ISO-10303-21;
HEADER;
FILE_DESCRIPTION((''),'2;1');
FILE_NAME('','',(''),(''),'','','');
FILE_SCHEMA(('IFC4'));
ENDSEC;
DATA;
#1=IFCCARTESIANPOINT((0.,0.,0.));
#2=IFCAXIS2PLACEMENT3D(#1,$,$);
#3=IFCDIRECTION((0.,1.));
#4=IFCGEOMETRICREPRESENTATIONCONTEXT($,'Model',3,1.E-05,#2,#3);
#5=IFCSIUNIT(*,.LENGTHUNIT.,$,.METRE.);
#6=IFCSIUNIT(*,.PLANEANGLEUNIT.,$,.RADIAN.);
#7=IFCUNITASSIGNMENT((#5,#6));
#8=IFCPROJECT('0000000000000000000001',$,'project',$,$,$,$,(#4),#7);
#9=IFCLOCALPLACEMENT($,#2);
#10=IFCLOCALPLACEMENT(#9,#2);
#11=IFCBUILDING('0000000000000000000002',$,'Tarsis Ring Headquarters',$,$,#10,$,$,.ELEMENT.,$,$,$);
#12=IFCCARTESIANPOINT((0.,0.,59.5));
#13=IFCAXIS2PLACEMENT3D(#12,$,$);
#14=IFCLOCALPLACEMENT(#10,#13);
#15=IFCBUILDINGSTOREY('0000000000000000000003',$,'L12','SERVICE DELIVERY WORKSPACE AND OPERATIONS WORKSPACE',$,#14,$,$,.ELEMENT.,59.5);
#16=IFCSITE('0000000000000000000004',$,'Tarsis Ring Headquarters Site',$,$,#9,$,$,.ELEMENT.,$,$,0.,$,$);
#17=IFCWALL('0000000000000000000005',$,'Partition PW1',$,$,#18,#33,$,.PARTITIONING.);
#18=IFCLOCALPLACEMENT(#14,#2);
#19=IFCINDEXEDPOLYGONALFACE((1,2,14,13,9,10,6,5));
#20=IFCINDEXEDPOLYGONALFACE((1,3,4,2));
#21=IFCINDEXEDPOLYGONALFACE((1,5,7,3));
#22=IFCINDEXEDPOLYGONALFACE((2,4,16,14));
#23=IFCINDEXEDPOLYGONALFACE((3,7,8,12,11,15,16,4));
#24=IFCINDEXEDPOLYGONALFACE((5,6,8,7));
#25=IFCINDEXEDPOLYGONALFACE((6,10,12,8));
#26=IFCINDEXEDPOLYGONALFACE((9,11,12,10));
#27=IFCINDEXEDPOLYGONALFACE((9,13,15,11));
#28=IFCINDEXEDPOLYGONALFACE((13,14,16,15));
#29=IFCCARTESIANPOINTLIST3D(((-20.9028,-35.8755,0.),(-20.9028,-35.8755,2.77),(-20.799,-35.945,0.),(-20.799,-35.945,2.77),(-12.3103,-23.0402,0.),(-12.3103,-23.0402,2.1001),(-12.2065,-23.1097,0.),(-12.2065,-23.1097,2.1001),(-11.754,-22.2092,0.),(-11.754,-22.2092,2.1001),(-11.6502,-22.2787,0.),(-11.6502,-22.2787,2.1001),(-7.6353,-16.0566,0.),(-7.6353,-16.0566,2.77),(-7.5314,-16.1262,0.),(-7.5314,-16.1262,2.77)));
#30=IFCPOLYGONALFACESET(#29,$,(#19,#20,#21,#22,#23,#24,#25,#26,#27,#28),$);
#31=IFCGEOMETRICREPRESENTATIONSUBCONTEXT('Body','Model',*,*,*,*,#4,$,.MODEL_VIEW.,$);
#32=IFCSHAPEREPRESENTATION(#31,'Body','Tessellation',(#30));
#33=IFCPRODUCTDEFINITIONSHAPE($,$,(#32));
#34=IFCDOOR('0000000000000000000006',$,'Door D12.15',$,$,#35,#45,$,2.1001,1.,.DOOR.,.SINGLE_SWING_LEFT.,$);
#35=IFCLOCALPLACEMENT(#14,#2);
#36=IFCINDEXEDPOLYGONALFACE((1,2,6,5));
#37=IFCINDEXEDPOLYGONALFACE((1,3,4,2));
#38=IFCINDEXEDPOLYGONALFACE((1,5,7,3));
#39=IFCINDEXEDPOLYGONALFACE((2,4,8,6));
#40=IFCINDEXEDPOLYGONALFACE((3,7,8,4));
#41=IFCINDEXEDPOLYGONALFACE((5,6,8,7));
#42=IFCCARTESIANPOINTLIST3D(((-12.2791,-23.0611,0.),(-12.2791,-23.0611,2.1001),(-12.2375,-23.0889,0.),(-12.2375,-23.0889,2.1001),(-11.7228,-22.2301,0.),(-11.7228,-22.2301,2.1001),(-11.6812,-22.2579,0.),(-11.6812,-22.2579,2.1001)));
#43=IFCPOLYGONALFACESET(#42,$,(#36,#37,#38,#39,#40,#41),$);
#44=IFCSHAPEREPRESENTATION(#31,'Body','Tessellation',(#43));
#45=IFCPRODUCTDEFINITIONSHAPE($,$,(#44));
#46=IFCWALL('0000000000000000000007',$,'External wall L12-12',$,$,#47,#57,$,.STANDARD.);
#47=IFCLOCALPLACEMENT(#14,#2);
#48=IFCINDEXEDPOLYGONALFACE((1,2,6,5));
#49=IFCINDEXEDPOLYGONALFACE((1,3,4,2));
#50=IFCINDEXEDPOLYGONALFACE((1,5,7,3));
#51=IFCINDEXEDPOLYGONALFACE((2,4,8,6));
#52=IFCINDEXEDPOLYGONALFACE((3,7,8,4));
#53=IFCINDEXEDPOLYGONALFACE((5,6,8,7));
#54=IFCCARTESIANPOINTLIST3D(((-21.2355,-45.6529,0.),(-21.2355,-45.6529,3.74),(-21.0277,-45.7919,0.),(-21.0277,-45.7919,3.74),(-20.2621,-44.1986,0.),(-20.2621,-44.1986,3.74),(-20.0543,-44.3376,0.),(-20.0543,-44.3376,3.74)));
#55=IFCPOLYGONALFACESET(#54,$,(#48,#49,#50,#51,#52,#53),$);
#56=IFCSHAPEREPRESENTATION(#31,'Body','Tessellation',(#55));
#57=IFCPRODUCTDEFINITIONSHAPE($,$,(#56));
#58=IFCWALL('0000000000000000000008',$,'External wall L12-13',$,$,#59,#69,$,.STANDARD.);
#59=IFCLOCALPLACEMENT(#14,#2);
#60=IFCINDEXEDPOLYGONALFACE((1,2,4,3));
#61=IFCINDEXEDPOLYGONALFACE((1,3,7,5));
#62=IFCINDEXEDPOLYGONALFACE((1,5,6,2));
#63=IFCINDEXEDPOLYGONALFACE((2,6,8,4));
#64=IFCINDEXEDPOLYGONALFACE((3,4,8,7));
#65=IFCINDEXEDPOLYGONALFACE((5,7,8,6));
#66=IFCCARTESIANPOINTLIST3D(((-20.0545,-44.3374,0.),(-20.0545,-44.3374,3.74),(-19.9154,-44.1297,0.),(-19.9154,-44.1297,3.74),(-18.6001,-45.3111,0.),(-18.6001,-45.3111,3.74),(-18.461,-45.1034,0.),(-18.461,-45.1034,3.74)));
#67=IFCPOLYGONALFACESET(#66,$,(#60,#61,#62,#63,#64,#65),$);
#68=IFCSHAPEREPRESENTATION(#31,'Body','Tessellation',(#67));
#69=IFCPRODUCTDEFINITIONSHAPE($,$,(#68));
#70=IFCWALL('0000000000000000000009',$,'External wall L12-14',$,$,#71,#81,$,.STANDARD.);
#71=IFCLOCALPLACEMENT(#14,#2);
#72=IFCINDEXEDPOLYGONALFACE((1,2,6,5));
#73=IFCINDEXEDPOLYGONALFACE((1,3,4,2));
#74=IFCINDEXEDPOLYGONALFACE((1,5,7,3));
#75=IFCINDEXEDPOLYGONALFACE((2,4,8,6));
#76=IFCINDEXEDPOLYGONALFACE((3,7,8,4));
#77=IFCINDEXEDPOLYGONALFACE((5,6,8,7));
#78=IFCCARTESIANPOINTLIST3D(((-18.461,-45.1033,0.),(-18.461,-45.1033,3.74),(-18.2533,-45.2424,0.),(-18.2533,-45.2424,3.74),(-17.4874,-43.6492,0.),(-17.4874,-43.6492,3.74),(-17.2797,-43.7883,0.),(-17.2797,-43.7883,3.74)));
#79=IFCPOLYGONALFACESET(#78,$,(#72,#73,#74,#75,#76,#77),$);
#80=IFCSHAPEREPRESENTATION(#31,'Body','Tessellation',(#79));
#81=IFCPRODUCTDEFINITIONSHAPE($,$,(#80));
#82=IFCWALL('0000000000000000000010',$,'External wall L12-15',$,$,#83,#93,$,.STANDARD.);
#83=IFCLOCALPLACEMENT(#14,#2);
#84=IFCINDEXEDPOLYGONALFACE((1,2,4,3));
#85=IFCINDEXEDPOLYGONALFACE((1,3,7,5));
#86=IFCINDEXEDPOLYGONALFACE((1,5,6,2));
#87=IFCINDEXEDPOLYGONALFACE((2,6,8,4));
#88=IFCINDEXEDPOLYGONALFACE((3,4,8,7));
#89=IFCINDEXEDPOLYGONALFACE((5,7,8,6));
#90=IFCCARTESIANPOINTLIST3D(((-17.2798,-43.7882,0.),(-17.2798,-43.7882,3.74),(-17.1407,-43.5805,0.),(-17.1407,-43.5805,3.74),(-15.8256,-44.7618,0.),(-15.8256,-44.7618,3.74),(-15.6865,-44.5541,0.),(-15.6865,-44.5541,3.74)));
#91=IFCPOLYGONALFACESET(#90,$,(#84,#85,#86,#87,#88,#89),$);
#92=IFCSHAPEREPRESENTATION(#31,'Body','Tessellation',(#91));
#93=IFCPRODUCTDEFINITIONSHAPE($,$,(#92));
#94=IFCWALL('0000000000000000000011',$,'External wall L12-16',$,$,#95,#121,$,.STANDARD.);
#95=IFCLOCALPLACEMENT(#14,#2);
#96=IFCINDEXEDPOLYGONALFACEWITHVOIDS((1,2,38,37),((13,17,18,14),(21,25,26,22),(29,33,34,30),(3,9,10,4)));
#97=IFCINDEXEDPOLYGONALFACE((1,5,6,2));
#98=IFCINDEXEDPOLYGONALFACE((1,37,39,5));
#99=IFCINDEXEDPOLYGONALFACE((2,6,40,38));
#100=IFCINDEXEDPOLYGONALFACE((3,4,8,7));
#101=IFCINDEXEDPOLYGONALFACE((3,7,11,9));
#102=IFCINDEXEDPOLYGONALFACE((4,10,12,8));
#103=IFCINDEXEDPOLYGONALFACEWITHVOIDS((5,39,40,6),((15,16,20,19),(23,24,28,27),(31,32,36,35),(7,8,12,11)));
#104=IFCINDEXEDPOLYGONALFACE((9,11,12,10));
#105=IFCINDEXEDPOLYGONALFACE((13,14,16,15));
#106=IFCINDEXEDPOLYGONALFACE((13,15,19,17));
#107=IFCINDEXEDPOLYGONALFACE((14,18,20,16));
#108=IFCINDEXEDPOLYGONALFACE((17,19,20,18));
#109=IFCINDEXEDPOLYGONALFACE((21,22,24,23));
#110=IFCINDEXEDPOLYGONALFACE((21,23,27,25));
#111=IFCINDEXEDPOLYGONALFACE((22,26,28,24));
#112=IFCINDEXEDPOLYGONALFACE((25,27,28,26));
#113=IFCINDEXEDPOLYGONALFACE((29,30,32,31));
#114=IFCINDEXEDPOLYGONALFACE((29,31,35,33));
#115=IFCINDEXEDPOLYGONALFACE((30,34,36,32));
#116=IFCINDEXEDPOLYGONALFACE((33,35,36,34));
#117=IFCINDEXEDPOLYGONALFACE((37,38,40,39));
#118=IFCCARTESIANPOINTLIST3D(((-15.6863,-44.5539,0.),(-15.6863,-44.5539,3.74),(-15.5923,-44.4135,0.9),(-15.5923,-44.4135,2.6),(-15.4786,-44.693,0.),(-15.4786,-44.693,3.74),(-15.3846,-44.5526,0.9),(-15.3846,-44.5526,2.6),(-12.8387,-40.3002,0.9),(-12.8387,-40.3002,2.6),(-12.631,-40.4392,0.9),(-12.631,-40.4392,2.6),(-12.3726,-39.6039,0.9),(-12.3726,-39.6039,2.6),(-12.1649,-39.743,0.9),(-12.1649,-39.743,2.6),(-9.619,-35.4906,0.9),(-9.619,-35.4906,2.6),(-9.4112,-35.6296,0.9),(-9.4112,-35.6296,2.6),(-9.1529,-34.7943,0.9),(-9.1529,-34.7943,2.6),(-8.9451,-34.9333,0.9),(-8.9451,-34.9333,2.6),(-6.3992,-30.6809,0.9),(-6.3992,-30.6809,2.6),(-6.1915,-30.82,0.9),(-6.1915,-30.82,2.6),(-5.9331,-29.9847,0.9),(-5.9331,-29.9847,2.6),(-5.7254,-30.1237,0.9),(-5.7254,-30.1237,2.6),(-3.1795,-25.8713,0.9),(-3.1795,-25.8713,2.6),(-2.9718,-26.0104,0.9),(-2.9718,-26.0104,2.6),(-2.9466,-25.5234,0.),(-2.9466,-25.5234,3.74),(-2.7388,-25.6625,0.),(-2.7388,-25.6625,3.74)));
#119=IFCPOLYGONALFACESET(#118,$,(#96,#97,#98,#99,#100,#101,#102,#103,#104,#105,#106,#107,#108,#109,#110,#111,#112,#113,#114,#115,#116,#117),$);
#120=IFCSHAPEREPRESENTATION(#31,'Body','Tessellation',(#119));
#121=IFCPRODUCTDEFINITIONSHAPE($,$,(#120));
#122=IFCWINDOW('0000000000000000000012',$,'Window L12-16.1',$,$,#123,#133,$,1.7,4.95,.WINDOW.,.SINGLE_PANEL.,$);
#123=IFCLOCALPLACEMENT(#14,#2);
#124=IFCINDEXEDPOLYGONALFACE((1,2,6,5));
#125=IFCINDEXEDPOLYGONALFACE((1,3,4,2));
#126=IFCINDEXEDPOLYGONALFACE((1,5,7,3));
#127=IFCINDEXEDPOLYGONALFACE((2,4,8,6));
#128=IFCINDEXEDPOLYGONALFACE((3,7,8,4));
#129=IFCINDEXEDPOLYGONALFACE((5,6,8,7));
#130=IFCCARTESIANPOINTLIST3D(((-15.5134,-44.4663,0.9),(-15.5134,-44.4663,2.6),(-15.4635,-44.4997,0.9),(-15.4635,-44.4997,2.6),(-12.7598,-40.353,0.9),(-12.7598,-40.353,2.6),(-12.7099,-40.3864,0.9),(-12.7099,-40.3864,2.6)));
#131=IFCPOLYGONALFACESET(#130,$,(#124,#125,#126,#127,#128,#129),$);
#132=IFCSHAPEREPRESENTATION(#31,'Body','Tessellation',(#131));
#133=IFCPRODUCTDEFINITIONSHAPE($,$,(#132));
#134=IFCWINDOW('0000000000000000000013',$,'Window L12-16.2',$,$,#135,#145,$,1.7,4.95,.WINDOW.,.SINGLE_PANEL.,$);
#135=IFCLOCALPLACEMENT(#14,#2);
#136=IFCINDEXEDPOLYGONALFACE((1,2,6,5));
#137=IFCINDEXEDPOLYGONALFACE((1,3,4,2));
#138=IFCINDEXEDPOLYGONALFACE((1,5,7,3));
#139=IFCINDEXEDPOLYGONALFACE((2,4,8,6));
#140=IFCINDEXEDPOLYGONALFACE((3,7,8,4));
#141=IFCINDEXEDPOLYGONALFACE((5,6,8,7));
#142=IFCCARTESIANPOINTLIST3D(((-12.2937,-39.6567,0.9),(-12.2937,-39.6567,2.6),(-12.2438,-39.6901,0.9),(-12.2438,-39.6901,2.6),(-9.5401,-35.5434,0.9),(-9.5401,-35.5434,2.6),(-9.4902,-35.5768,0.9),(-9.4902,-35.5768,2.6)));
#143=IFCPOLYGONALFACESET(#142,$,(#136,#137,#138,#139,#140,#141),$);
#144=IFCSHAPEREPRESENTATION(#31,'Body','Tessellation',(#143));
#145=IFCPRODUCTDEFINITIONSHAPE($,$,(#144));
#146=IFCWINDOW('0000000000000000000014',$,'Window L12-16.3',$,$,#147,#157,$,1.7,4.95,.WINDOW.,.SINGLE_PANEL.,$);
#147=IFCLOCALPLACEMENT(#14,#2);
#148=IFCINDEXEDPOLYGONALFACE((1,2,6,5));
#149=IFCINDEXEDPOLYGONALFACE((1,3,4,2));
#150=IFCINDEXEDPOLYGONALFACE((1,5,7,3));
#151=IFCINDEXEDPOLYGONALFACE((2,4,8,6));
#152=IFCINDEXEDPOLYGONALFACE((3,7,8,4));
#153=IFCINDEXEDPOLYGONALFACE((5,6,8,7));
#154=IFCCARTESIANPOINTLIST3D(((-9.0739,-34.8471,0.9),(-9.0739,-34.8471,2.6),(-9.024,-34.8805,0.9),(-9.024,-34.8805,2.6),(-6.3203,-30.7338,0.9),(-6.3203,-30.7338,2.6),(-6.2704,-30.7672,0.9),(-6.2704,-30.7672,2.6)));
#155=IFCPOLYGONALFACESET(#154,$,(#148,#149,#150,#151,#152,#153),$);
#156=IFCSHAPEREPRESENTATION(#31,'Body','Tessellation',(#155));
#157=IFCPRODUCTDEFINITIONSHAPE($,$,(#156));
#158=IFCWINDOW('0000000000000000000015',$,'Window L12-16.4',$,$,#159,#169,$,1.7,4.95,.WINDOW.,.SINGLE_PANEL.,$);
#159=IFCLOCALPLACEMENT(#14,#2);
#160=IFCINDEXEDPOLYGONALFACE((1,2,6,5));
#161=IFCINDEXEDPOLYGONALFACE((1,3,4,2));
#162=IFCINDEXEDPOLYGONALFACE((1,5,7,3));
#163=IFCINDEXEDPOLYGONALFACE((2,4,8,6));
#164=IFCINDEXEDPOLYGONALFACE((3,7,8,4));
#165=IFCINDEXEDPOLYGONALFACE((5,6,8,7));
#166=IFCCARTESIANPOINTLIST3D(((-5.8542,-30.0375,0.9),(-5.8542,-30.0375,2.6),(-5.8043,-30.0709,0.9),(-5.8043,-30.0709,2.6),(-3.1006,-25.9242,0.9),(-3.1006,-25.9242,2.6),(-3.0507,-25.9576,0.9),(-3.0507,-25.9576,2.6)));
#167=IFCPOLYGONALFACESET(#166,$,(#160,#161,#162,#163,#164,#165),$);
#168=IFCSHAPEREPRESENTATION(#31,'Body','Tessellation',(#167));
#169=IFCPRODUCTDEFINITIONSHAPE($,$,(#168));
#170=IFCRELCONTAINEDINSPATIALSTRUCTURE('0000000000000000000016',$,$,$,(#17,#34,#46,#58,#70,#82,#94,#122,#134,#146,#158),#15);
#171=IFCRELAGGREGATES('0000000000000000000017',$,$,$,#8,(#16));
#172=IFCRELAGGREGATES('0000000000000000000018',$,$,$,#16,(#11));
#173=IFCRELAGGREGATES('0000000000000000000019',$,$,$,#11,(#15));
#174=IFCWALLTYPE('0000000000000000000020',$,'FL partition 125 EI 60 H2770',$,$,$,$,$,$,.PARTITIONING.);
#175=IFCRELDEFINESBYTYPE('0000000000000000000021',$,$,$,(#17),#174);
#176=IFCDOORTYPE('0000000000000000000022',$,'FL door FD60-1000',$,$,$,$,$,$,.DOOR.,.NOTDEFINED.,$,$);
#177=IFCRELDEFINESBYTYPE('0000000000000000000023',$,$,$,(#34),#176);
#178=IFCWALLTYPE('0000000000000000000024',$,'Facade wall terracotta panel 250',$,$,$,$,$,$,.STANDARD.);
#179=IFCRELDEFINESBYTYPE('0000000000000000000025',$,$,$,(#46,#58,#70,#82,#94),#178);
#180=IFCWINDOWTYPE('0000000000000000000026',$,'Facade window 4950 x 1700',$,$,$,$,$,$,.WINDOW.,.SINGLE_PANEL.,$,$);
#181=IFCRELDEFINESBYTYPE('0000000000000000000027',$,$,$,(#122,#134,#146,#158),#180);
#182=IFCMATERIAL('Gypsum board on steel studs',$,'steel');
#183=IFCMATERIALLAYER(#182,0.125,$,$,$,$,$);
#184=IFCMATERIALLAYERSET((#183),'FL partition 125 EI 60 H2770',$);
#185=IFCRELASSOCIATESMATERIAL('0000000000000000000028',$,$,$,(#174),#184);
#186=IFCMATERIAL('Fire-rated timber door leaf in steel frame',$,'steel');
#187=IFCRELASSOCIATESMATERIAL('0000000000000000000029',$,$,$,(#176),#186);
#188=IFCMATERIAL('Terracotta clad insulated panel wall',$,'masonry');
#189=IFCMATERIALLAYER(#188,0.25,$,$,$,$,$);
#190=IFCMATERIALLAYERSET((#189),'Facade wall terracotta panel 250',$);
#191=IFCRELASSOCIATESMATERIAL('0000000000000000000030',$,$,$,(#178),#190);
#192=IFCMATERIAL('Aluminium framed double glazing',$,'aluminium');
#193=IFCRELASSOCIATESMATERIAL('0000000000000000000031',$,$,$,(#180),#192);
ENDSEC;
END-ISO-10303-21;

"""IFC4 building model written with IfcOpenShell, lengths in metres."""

from ifc_helpers import new_model, si_unit, direction, frame, frame_2d, origin, place, context, subcontext, project, spatial, rectangle, extrude, material, layer, layer_set, type_object, element, fill, save


model = new_model("IFC4")

# Units and contexts
model_context = context("Model", 3, precision=1e-05, world=origin(), true_north=direction((0.0, 1.0)))
body_context = subcontext(model_context, "Body", "Model", "MODEL_VIEW")
ifc_project = project(units=[si_unit("LENGTHUNIT", "METRE"), si_unit("PLANEANGLEUNIT", "RADIAN")], contexts=[model_context])

# Site, building, storey
site_placement = place(None, origin())
site = spatial("IfcSite", under=ifc_project, at=site_placement, Name="Tarsis Ring Headquarters Site", CompositionType="ELEMENT", RefElevation=0.0)
building_placement = place(site_placement, origin())
building = spatial("IfcBuilding", under=site, at=building_placement, Name="Tarsis Ring Headquarters", CompositionType="ELEMENT")
storey_placement = place(building_placement, frame((0.0, 0.0, 59.5)))
storey = spatial("IfcBuildingStorey", under=building, at=storey_placement, Name="L12", Description="SERVICE DELIVERY WORKSPACE AND OPERATIONS WORKSPACE", CompositionType="ELEMENT", Elevation=59.5)

# Shared definitions
ifc_material_1 = material(Name="Gypsum board on steel studs", Category="steel")

# Wall, opening, door
ifc_layer_1 = layer(ifc_material_1, 0.125)
ifc_layer_set_1 = layer_set([ifc_layer_1], Name="FL partition 125 EI 60 H2770")
wall_type_1 = type_object("IfcWallType", Name="FL partition 125 EI 60 H2770", PredefinedType="PARTITIONING", material=ifc_layer_set_1)
ifc_material_2 = material(Name="Fire-rated timber door leaf in steel frame", Category="steel")
wall_1_placement = place(storey_placement, frame((-20.8508, -35.9102, 0.0), z_axis=(0.0, 0.0, 1.0), x_axis=(0.556296, 0.830984, 0.0)))
wall_1 = element("IfcWall", 1, at=wall_1_placement, inside=storey, type_object=wall_type_1, Name="Partition PW1", PredefinedType="PARTITIONING", context=body_context, shape_type="SweptSolid", body=[
    extrude(rectangle(XDim=23.8499, YDim=0.125, at=frame_2d((11.9248, 0.0))), origin(), (0.0, 0.0, 1.0), 2.77),
])
opening_1_placement = place(wall_1_placement, frame((15.4458, 0.0, 0.0)))
opening_1 = element("IfcOpeningElement", 2, at=opening_1_placement, cuts=wall_1, PredefinedType="OPENING", context=body_context, shape_type="SweptSolid", body=[
    extrude(rectangle(XDim=1.0, YDim=2.1001, at=frame_2d((0.5, 1.05))), frame((0.0, 0.0725, 0.0), z_axis=(0.0, -1.0, 0.0), x_axis=(1.0, 0.0, 0.0)), (0.0, 0.0, 1.0), 0.145),
])
door_type_1 = type_object("IfcDoorType", Name="FL door FD60-1000", OperationType="NOTDEFINED", PredefinedType="DOOR", material=ifc_material_2)
door_1_placement = place(opening_1_placement, origin())
door_1 = element("IfcDoor", 3, at=door_1_placement, inside=storey, type_object=door_type_1, Name="Door D12.15", OperationType="SINGLE_SWING_LEFT", OverallHeight=2.1001, OverallWidth=1.0, PredefinedType="DOOR", context=body_context, shape_type="SweptSolid", body=[
    extrude(rectangle(XDim=1.0, YDim=2.1001, at=frame_2d((0.5, 1.05))), frame((0.0, 0.0249, 0.0), z_axis=(0.0, -1.0, 0.0), x_axis=(1.0, 0.0, 0.0)), (0.0, 0.0, 1.0), 0.05),
])
fill(opening_1, door_1)

# Walls
ifc_material_3 = material(Name="Terracotta clad insulated panel wall", Category="masonry")
ifc_layer_2 = layer(ifc_material_3, 0.25)
ifc_layer_set_2 = layer_set([ifc_layer_2], Name="Facade wall terracotta panel 250")
wall_type_2 = type_object("IfcWallType", Name="Facade wall terracotta panel 250", PredefinedType="STANDARD", material=ifc_layer_set_2)
wall_2_placement = place(storey_placement, frame((-21.1316, -45.7224, 0.0), z_axis=(0.0, 0.0, 1.0), x_axis=(0.556212, 0.83104, 0.0)))
element("IfcWall", 4, at=wall_2_placement, inside=storey, type_object=wall_type_2, Name="External wall L12-12", PredefinedType="STANDARD", context=body_context, shape_type="SweptSolid", body=[
    extrude(rectangle(XDim=1.75, YDim=0.25, at=frame_2d((0.875, 0.0))), origin(), (0.0, 0.0, 1.0), 3.74),
])
wall_3_placement = place(storey_placement, frame((-19.9849, -44.2336, 0.0), z_axis=(0.0, 0.0, 1.0), x_axis=(0.830976, -0.556309, 0.0)))
element("IfcWall", 5, at=wall_3_placement, inside=storey, type_object=wall_type_2, Name="External wall L12-13", PredefinedType="STANDARD", context=body_context, shape_type="SweptSolid", body=[
    extrude(rectangle(XDim=1.7502, YDim=0.25, at=frame_2d((0.875, 0.0))), origin(), (0.0, 0.0, 1.0), 3.74),
])
for number, where, z_axis, x_axis, name in (
    (6, (-18.3572, -45.1729, 0.0), (0.0, 0.0, 1.0), (0.556373, 0.830933, 0.0), "External wall L12-14"),
    (7, (-17.2102, -43.6843, 0.0), (0.0, 0.0, 1.0), (0.830933, -0.556373, 0.0), "External wall L12-15"),
):
    element("IfcWall", number, at=place(storey_placement, frame(where, z_axis=z_axis, x_axis=x_axis)), inside=storey, type_object=wall_type_2, Name=name, PredefinedType="STANDARD", context=body_context, shape_type="SweptSolid", body=[
        extrude(rectangle(XDim=1.75, YDim=0.25, at=frame_2d((0.875, 0.0))), origin(), (0.0, 0.0, 1.0), 3.74),
    ])

# Wall, openings, windows
wall_4_placement = place(storey_placement, frame((-15.5825, -44.6235, 0.0), z_axis=(0.0, 0.0, 1.0), x_axis=(0.556293, 0.830986, 0.0)))
wall_4 = element("IfcWall", 8, at=wall_4_placement, inside=storey, type_object=wall_type_2, Name="External wall L12-16", PredefinedType="STANDARD", context=body_context, shape_type="SweptSolid", body=[
    extrude(rectangle(XDim=22.9011, YDim=0.25, at=frame_2d((11.4507, 0.0))), origin(), (0.0, 0.0, 1.0), 3.74),
])
opening_2_placement = place(wall_4_placement, frame((0.1689, 0.0, 0.8999)))
opening_2 = element("IfcOpeningElement", 9, at=opening_2_placement, cuts=wall_4, PredefinedType="OPENING", context=body_context, shape_type="SweptSolid", body=[
    extrude(rectangle(XDim=4.95, YDim=1.7, at=frame_2d((2.4751, 0.8501))), frame((0.0, 0.135, 0.0), z_axis=(0.0, -1.0, 0.0), x_axis=(1.0, 0.0, 0.0)), (0.0, 0.0, 1.0), 0.27),
])
opening_3_placement = place(wall_4_placement, frame((5.9568, 0.0, 0.8999)))
opening_3 = element("IfcOpeningElement", 10, at=opening_3_placement, cuts=wall_4, PredefinedType="OPENING", context=body_context, shape_type="SweptSolid", body=[
    extrude(rectangle(XDim=4.95, YDim=1.7, at=frame_2d((2.4751, 0.8501))), frame((0.0, 0.135, 0.0), z_axis=(0.0, -1.0, 0.0), x_axis=(1.0, 0.0, 0.0)), (0.0, 0.0, 1.0), 0.27),
])
opening_4_placement = place(wall_4_placement, frame((11.7446, 0.0, 0.8999)))
opening_4 = element("IfcOpeningElement", 11, at=opening_4_placement, cuts=wall_4, PredefinedType="OPENING", context=body_context, shape_type="SweptSolid", body=[
    extrude(rectangle(XDim=4.95, YDim=1.7, at=frame_2d((2.4751, 0.8501))), frame((0.0, 0.135, 0.0), z_axis=(0.0, -1.0, 0.0), x_axis=(1.0, 0.0, 0.0)), (0.0, 0.0, 1.0), 0.27),
])
opening_5_placement = place(wall_4_placement, frame((17.5325, 0.0, 0.8999)))
opening_5 = element("IfcOpeningElement", 12, at=opening_5_placement, cuts=wall_4, PredefinedType="OPENING", context=body_context, shape_type="SweptSolid", body=[
    extrude(rectangle(XDim=4.95, YDim=1.7, at=frame_2d((2.4751, 0.8501))), frame((0.0, 0.135, 0.0), z_axis=(0.0, -1.0, 0.0), x_axis=(1.0, 0.0, 0.0)), (0.0, 0.0, 1.0), 0.27),
])
ifc_material_4 = material(Name="Aluminium framed double glazing", Category="aluminium")
window_type = type_object("IfcWindowType", Name="Facade window 4950 x 1700", PartitioningType="SINGLE_PANEL", PredefinedType="WINDOW", material=ifc_material_4)
window_1_placement = place(opening_2_placement, origin())
window_1 = element("IfcWindow", 13, at=window_1_placement, inside=storey, type_object=window_type, Name="Window L12-16.1", OverallHeight=1.7, OverallWidth=4.95, PartitioningType="SINGLE_PANEL", PredefinedType="WINDOW", context=body_context, shape_type="SweptSolid", body=[
    extrude(rectangle(XDim=4.95, YDim=1.7, at=frame_2d((2.4751, 0.8501))), frame((0.0, 0.03, 0.0), z_axis=(0.0, -1.0, 0.0), x_axis=(1.0, 0.0, 0.0)), (0.0, 0.0, 1.0), 0.0601),
])
fill(opening_2, window_1)
window_2_placement = place(opening_3_placement, origin())
window_2 = element("IfcWindow", 14, at=window_2_placement, inside=storey, type_object=window_type, Name="Window L12-16.2", OverallHeight=1.7, OverallWidth=4.95, PartitioningType="SINGLE_PANEL", PredefinedType="WINDOW", context=body_context, shape_type="SweptSolid", body=[
    extrude(rectangle(XDim=4.95, YDim=1.7, at=frame_2d((2.4751, 0.8501))), frame((0.0, 0.03, 0.0), z_axis=(0.0, -1.0, 0.0), x_axis=(1.0, 0.0, 0.0)), (0.0, 0.0, 1.0), 0.0601),
])
fill(opening_3, window_2)
window_3_placement = place(opening_4_placement, origin())
window_3 = element("IfcWindow", 15, at=window_3_placement, inside=storey, type_object=window_type, Name="Window L12-16.3", OverallHeight=1.7, OverallWidth=4.95, PartitioningType="SINGLE_PANEL", PredefinedType="WINDOW", context=body_context, shape_type="SweptSolid", body=[
    extrude(rectangle(XDim=4.95, YDim=1.7, at=frame_2d((2.4751, 0.8501))), frame((0.0, 0.03, 0.0), z_axis=(0.0, -1.0, 0.0), x_axis=(1.0, 0.0, 0.0)), (0.0, 0.0, 1.0), 0.0601),
])
fill(opening_4, window_3)
window_4_placement = place(opening_5_placement, origin())
window_4 = element("IfcWindow", 16, at=window_4_placement, inside=storey, type_object=window_type, Name="Window L12-16.4", OverallHeight=1.7, OverallWidth=4.95, PartitioningType="SINGLE_PANEL", PredefinedType="WINDOW", context=body_context, shape_type="SweptSolid", body=[
    extrude(rectangle(XDim=4.95, YDim=1.7, at=frame_2d((2.4751, 0.8501))), frame((0.0, 0.03, 0.0), z_axis=(0.0, -1.0, 0.0), x_axis=(1.0, 0.0, 0.0)), (0.0, 0.0, 1.0), 0.0601),
])
fill(opening_5, window_4)

save(model, "model.ifc")
